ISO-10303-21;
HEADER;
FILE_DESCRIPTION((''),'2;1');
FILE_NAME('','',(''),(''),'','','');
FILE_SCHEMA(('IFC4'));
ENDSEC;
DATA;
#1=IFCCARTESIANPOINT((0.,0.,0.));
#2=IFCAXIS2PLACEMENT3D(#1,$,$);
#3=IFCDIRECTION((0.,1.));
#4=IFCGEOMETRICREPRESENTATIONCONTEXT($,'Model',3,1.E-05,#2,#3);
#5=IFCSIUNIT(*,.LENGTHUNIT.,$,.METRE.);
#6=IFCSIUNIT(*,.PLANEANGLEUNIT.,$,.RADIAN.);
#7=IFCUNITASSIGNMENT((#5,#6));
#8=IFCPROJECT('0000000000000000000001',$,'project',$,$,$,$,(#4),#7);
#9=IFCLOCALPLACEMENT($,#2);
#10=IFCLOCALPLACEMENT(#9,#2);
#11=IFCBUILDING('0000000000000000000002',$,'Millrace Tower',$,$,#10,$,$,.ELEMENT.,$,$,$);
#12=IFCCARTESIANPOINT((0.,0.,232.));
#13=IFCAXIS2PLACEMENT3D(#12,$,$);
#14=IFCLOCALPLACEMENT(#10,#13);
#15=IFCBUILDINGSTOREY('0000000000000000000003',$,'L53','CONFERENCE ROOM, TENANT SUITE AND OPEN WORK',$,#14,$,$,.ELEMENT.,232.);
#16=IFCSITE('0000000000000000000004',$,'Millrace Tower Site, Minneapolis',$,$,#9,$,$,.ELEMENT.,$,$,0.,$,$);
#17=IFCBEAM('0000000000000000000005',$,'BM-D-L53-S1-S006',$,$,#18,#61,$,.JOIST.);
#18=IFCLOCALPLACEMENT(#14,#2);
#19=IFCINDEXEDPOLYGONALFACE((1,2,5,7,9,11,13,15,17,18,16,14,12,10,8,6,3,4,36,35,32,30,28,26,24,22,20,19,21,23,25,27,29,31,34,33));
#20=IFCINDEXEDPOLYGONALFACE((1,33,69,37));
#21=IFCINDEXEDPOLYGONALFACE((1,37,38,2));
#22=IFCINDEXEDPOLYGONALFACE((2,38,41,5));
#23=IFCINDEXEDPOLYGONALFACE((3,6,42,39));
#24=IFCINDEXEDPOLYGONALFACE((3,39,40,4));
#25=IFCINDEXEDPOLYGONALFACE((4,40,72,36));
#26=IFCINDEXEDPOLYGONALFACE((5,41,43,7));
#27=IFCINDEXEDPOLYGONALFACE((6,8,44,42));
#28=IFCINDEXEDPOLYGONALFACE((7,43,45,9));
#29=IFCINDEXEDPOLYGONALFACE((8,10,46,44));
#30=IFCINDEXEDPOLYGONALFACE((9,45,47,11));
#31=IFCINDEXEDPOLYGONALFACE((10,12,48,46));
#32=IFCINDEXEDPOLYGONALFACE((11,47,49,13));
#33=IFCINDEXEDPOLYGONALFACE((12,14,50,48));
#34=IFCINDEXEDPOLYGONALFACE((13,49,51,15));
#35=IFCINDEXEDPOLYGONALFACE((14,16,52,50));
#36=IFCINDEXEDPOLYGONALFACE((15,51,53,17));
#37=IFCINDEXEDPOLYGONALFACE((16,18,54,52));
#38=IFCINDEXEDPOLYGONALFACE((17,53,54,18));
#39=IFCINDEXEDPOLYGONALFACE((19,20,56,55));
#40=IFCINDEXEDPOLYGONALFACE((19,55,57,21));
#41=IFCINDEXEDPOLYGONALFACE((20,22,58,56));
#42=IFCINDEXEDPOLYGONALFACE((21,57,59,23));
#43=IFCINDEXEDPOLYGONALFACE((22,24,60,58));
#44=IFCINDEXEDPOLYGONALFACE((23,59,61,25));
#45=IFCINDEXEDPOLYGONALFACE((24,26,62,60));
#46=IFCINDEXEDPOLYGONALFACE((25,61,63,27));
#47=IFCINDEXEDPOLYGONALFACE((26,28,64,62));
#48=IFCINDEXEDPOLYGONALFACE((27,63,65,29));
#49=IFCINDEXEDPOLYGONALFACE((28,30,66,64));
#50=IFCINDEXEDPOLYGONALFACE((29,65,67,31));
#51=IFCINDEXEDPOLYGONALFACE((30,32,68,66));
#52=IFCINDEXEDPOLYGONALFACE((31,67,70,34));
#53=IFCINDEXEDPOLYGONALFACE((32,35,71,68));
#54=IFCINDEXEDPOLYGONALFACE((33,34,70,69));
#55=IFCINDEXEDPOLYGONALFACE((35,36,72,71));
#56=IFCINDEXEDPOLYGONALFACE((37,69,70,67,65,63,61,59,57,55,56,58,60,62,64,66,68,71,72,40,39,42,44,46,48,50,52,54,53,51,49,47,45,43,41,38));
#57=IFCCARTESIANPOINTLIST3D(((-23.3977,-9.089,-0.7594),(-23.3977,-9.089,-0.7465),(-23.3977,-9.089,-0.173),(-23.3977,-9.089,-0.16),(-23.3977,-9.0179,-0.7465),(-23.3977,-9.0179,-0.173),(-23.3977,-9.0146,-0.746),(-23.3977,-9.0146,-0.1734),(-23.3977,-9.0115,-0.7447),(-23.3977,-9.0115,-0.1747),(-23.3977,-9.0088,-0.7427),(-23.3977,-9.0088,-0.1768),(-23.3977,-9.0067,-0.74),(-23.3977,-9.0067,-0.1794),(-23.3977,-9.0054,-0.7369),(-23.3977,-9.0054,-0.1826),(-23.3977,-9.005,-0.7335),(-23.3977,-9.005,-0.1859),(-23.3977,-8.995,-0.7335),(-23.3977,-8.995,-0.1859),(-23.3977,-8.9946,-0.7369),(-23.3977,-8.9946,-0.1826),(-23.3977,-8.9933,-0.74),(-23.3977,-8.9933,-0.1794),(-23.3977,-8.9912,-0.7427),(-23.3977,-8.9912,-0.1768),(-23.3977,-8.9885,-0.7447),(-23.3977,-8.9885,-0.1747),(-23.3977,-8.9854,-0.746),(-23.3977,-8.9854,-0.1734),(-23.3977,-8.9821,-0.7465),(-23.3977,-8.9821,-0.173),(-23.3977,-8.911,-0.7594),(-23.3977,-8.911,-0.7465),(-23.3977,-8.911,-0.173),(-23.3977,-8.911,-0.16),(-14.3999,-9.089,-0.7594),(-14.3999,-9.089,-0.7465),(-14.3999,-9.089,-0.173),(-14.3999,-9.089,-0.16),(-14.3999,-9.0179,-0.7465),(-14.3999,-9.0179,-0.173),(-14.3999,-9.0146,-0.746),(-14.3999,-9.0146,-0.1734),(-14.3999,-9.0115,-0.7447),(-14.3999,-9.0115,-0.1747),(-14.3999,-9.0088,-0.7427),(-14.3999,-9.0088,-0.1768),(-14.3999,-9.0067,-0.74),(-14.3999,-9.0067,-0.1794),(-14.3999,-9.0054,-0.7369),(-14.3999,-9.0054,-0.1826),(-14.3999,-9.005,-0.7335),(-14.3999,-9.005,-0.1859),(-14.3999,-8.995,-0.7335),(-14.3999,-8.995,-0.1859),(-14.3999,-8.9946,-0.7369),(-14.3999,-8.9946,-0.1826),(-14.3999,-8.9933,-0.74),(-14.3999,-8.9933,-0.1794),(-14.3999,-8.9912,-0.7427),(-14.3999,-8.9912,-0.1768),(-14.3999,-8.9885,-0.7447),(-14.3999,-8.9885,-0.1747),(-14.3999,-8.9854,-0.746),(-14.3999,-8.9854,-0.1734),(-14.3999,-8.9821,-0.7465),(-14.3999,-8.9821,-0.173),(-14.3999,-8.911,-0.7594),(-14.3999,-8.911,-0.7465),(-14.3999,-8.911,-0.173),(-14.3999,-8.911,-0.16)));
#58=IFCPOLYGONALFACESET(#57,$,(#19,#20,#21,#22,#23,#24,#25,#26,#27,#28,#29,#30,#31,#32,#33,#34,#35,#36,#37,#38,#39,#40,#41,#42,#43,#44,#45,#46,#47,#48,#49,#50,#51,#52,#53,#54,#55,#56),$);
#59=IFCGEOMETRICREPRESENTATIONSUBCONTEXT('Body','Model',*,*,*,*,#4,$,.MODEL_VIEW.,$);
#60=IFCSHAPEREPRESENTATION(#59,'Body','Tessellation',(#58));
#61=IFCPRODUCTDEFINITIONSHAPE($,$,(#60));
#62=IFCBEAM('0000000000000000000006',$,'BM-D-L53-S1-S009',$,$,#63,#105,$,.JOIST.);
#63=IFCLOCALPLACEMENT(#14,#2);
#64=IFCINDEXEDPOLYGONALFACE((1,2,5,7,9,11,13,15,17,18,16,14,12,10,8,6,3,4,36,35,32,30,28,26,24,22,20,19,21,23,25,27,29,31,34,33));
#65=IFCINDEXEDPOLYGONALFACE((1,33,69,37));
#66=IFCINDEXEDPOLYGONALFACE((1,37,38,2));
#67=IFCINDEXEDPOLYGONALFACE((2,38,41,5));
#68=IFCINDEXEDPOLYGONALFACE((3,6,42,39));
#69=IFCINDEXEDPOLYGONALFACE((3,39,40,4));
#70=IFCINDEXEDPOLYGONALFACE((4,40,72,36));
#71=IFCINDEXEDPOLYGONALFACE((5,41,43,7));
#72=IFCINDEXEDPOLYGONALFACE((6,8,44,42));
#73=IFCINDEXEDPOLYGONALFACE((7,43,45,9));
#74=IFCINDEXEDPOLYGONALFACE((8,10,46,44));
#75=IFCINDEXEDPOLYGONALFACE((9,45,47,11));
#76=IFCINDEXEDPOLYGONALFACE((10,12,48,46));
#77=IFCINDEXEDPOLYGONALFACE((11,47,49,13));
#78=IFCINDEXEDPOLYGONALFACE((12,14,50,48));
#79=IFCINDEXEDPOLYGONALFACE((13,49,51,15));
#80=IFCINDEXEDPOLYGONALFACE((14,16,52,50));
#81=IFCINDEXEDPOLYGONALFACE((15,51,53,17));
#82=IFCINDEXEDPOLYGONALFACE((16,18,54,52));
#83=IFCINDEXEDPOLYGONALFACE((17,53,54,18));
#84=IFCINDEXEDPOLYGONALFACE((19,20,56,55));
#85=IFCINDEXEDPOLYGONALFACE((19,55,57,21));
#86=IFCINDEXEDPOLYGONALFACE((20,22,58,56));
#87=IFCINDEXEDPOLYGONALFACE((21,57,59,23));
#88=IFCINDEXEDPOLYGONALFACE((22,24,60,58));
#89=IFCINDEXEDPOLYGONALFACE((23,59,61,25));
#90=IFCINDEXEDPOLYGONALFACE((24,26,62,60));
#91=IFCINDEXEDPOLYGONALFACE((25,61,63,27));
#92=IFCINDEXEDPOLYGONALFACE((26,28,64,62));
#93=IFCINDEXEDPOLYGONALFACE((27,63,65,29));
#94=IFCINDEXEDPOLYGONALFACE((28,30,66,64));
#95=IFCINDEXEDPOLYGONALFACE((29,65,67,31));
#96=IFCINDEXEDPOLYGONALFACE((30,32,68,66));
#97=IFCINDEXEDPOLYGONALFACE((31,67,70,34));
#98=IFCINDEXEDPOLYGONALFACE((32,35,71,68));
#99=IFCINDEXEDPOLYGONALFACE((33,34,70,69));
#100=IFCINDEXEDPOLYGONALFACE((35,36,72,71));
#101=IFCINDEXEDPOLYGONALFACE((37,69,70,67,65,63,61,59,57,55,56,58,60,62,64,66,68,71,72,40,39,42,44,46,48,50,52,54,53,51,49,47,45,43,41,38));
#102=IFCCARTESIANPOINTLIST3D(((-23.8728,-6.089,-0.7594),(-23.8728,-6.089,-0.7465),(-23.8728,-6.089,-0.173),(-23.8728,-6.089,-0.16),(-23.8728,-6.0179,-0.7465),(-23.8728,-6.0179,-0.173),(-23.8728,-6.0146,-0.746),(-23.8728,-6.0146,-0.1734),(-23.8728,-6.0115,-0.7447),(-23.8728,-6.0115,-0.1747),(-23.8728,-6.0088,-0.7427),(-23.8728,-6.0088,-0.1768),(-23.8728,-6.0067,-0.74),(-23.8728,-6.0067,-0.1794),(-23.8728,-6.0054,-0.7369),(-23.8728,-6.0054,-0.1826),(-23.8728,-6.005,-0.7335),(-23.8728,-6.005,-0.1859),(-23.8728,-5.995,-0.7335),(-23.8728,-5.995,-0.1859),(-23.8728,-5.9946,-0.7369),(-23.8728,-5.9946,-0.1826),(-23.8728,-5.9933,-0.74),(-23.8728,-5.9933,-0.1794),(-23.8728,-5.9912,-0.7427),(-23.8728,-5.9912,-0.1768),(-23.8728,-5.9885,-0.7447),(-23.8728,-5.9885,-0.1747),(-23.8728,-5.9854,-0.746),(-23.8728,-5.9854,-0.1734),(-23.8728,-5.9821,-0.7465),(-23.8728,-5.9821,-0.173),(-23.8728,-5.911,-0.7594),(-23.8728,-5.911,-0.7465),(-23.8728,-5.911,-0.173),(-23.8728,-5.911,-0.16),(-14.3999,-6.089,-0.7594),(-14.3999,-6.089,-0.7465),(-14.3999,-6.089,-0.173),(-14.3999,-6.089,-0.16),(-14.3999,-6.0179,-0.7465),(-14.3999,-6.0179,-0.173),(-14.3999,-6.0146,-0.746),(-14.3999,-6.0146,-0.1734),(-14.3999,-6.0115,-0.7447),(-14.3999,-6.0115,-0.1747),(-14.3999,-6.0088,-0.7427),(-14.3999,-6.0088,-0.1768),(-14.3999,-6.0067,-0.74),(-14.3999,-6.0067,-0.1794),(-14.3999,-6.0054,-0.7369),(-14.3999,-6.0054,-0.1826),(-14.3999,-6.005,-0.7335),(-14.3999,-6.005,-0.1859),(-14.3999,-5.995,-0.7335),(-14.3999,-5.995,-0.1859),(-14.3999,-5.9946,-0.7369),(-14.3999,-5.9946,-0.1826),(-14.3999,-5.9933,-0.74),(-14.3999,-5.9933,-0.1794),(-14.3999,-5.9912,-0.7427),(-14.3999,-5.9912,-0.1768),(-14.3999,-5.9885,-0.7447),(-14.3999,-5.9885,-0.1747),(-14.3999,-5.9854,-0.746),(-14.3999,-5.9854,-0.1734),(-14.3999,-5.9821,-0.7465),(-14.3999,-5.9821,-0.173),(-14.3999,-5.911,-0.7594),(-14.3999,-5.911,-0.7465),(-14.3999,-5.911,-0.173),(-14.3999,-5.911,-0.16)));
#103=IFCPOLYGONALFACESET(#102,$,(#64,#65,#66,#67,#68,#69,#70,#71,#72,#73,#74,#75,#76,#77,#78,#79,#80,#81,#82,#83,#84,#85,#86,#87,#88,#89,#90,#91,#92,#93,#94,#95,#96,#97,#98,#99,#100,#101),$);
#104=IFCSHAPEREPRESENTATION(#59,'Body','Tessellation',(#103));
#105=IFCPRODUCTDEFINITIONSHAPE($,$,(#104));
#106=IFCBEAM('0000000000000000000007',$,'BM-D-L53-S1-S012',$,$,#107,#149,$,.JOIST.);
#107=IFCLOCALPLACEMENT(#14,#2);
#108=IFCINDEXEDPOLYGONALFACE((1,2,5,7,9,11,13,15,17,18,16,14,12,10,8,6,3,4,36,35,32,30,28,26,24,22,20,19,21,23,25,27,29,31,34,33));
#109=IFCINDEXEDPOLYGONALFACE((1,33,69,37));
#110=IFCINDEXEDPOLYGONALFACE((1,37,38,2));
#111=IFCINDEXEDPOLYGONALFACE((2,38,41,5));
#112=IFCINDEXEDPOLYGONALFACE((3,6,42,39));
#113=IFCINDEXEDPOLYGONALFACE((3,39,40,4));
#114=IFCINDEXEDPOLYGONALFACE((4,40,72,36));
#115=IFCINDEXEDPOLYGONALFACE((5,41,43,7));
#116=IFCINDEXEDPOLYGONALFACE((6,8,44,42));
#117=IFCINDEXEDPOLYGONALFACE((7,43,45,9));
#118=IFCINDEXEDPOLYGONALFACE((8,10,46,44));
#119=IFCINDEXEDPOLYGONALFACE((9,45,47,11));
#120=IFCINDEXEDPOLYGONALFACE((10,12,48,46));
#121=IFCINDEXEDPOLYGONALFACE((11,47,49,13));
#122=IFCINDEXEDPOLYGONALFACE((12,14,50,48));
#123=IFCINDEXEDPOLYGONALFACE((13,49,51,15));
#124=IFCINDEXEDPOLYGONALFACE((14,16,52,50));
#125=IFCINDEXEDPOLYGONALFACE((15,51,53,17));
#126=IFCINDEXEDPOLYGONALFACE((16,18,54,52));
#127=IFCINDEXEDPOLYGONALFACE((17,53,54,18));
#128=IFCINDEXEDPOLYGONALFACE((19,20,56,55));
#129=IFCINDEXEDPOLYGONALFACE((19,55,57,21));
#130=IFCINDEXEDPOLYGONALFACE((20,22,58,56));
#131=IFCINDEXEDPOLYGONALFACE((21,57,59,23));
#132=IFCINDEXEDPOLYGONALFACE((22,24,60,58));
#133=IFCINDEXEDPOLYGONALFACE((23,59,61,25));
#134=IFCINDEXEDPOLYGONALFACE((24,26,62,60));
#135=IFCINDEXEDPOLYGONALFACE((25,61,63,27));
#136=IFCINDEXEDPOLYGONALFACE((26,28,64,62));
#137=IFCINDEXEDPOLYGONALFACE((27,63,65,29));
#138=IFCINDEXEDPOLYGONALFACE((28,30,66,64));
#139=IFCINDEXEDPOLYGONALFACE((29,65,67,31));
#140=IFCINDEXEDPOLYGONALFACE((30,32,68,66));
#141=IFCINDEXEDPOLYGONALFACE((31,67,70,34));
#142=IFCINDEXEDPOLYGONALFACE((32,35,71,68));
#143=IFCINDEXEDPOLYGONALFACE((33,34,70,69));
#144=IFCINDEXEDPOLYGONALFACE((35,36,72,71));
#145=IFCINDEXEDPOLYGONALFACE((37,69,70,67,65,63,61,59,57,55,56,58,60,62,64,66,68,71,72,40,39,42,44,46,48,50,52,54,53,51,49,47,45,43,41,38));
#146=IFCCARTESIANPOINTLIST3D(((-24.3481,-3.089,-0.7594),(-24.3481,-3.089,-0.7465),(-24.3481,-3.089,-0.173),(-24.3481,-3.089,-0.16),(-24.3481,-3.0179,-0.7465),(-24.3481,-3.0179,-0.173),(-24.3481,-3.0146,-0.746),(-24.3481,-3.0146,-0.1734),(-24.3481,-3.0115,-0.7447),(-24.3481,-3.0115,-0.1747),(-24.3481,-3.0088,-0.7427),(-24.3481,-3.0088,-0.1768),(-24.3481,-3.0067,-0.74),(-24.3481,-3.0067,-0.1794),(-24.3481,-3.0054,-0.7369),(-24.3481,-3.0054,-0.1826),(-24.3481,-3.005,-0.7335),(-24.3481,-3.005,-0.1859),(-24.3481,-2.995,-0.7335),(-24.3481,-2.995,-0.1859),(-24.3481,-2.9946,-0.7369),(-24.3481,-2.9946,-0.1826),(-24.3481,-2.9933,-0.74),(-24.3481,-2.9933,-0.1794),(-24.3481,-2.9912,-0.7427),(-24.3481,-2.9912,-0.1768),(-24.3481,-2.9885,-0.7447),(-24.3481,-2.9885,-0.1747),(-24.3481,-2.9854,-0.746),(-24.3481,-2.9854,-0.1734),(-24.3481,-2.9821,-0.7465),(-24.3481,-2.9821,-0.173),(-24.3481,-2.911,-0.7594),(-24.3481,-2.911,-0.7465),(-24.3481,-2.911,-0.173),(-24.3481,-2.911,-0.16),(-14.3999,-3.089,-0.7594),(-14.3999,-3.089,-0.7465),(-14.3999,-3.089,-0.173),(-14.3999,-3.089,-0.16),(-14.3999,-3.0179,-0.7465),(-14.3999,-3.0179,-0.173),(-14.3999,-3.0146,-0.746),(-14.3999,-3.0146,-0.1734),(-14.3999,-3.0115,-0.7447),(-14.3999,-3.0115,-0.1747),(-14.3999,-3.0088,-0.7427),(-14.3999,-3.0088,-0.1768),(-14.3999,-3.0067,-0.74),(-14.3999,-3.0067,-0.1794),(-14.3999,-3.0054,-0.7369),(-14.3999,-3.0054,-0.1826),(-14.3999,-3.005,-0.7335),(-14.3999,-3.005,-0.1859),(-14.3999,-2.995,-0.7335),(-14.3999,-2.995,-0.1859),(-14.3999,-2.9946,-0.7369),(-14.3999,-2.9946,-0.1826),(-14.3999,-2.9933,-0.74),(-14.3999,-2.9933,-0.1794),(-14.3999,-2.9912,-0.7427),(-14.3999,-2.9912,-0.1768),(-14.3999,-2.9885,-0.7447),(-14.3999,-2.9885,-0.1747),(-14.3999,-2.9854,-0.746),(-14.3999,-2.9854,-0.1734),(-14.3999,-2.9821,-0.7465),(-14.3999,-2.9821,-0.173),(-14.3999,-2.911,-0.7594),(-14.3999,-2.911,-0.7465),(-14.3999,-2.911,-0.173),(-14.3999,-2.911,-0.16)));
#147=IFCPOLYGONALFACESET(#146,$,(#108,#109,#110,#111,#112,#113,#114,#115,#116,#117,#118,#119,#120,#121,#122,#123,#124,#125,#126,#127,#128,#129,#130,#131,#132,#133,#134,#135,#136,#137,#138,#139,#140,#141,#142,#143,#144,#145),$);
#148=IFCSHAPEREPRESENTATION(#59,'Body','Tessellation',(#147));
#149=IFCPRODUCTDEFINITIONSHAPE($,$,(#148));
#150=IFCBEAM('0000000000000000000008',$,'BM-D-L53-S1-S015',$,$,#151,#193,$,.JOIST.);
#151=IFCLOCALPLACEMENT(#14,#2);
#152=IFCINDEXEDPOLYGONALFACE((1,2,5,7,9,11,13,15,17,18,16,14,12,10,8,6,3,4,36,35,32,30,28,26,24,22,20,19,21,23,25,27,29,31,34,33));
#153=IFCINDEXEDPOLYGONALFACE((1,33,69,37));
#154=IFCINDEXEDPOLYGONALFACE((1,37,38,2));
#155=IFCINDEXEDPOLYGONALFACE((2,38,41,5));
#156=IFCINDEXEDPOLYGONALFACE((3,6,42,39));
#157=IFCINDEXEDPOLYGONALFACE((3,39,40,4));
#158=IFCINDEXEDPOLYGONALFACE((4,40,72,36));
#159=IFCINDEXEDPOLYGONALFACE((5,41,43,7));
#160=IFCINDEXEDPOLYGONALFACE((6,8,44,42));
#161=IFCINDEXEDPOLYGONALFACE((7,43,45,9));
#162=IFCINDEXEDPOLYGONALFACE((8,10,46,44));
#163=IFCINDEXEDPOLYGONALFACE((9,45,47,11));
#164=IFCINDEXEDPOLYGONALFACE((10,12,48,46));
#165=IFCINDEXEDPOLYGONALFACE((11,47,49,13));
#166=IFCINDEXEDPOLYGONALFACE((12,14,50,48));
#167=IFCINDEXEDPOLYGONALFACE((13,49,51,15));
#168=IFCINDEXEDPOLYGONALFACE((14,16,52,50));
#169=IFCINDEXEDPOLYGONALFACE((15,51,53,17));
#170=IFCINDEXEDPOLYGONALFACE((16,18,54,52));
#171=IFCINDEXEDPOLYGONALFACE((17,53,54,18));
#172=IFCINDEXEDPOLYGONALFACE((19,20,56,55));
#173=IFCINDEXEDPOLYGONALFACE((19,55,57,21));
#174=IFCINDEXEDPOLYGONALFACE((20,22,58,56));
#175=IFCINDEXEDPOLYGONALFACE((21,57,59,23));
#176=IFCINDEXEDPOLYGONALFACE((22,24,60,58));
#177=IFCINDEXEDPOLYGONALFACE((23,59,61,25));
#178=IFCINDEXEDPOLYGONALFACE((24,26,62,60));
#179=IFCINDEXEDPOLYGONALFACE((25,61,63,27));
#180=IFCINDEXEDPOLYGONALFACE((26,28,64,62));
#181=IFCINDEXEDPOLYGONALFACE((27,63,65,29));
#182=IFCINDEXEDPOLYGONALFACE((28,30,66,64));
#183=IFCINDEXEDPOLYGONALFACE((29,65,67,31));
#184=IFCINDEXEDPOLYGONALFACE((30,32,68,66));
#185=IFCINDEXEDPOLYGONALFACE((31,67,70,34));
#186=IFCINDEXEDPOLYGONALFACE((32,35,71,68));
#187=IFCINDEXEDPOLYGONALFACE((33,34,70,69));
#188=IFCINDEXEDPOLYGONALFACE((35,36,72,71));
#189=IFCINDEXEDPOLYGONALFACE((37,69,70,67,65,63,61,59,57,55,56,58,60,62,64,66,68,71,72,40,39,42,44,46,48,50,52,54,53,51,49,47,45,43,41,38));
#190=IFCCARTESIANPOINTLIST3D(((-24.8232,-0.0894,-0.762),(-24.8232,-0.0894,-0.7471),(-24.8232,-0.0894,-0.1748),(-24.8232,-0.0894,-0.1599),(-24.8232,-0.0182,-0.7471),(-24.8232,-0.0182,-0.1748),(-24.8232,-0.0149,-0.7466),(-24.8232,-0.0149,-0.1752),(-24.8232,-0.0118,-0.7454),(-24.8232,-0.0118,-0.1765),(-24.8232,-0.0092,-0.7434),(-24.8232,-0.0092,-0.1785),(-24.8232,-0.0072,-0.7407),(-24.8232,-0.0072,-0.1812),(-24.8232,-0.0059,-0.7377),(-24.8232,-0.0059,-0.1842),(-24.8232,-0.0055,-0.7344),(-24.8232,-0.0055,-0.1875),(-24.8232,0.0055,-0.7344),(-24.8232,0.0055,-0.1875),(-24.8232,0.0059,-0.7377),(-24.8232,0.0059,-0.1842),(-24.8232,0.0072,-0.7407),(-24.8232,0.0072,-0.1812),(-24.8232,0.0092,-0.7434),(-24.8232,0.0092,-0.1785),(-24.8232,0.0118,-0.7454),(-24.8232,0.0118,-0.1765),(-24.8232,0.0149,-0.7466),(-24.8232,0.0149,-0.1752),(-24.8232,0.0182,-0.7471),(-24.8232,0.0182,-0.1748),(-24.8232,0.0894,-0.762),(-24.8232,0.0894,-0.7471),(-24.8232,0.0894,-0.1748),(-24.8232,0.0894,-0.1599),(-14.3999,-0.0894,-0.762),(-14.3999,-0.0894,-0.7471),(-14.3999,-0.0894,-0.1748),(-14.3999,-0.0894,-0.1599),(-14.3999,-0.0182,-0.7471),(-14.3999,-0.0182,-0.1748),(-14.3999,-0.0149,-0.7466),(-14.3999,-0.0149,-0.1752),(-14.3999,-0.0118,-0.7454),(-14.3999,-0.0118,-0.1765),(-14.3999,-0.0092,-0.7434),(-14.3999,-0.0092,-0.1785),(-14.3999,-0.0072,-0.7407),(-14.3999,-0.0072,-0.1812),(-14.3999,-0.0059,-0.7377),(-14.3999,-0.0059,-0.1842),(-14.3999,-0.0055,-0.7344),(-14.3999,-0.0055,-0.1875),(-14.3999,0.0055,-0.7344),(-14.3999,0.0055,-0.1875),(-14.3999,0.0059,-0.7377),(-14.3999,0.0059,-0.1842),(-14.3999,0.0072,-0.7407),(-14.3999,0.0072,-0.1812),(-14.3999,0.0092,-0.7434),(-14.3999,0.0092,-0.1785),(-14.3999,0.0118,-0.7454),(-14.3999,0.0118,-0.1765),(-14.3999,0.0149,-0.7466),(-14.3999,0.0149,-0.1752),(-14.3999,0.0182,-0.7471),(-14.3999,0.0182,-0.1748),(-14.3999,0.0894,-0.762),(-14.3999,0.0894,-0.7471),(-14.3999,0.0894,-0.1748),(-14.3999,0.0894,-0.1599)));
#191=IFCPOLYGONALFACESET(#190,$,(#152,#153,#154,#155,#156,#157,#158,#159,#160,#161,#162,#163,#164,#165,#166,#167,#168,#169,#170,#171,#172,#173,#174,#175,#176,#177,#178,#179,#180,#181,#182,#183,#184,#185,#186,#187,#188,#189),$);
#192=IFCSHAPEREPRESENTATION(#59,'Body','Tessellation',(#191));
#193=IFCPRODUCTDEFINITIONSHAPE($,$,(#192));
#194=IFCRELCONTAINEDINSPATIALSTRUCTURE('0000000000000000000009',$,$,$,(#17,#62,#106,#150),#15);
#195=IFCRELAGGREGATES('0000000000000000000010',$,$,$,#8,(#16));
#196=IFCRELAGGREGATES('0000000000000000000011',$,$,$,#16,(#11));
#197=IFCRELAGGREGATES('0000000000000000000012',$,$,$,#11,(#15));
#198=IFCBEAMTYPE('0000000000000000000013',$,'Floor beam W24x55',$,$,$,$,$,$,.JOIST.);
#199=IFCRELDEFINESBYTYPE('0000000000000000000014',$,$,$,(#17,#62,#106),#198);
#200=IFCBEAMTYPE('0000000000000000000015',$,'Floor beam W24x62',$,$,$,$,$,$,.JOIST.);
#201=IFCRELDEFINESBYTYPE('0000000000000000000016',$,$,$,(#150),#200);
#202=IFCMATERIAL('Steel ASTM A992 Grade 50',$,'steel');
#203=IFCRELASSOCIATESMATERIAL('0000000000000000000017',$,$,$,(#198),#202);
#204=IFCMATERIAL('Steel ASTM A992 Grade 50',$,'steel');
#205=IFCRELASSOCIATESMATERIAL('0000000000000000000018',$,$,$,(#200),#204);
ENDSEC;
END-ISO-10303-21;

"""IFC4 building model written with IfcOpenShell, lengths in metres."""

from ifc_helpers import new_model, si_unit, direction, frame, origin, origin_2d, place, context, subcontext, project, spatial, i_section, extrude, material, material_profile, profile_set, type_object, element, save


model = new_model("IFC4")

# Units and contexts
model_context = context("Model", 3, precision=1e-05, world=origin(), true_north=direction((0.0, 1.0)))
body_context = subcontext(model_context, "Body", "Model", "MODEL_VIEW")
ifc_project = project(units=[si_unit("LENGTHUNIT", "METRE"), si_unit("PLANEANGLEUNIT", "RADIAN")], contexts=[model_context])

# Site, building, storey
site_placement = place(None, origin())
site = spatial("IfcSite", under=ifc_project, at=site_placement, Name="Millrace Tower Site, Minneapolis", CompositionType="ELEMENT", RefElevation=0.0)
building_placement = place(site_placement, origin())
building = spatial("IfcBuilding", under=site, at=building_placement, Name="Millrace Tower", CompositionType="ELEMENT")
storey_placement = place(building_placement, frame((0.0, 0.0, 232.0)))
storey = spatial("IfcBuildingStorey", under=building, at=storey_placement, Name="L53", Description="CONFERENCE ROOM, TENANT SUITE AND OPEN WORK", CompositionType="ELEMENT", Elevation=232.0)

# Beams
ifc_material_1 = material(Name="Steel ASTM A992 Grade 50", Category="steel")
ifc_material_profile_1 = material_profile(ifc_material_1, i_section(OverallWidth=0.178, OverallDepth=0.5994, WebThickness=0.01, FlangeThickness=0.0129, FilletRadius=0.0129, at=origin_2d()))
ifc_profile_set_1 = profile_set([ifc_material_profile_1], Name="Steel ASTM A992 Grade 50")
beam_type_1 = type_object("IfcBeamType", Name="Floor beam W24x55", PredefinedType="JOIST", material=ifc_profile_set_1)
beam_1_placement = place(storey_placement, frame((-23.3977, -9.0, -0.4597), z_axis=(1.0, 0.0, 0.0), x_axis=(0.0, 1.0, 0.0)))
element("IfcBeam", 1, at=beam_1_placement, inside=storey, type_object=beam_type_1, Name="BM-D-L53-S1-S006", PredefinedType="JOIST", context=body_context, shape_type="SweptSolid", body=[
    extrude(i_section(OverallWidth=0.178, OverallDepth=0.5994, WebThickness=0.01, FlangeThickness=0.0129, FilletRadius=0.0129, at=origin_2d()), origin(), (0.0, 0.0, 1.0), 8.9978),
])
beam_2_placement = place(storey_placement, frame((-23.8728, -6.0, -0.4597), z_axis=(1.0, 0.0, 0.0), x_axis=(0.0, 1.0, 0.0)))
element("IfcBeam", 2, at=beam_2_placement, inside=storey, type_object=beam_type_1, Name="BM-D-L53-S1-S009", PredefinedType="JOIST", context=body_context, shape_type="SweptSolid", body=[
    extrude(i_section(OverallWidth=0.178, OverallDepth=0.5994, WebThickness=0.01, FlangeThickness=0.0129, FilletRadius=0.0129, at=origin_2d()), origin(), (0.0, 0.0, 1.0), 9.4729),
])
beam_3_placement = place(storey_placement, frame((-24.3481, -3.0, -0.4597), z_axis=(1.0, 0.0, 0.0), x_axis=(0.0, 1.0, 0.0)))
element("IfcBeam", 3, at=beam_3_placement, inside=storey, type_object=beam_type_1, Name="BM-D-L53-S1-S012", PredefinedType="JOIST", context=body_context, shape_type="SweptSolid", body=[
    extrude(i_section(OverallWidth=0.178, OverallDepth=0.5994, WebThickness=0.01, FlangeThickness=0.0129, FilletRadius=0.0129, at=origin_2d()), origin(), (0.0, 0.0, 1.0), 9.9482),
])
ifc_material_2 = material(Name="Steel ASTM A992 Grade 50", Category="steel")
ifc_material_profile_2 = material_profile(ifc_material_2, i_section(OverallWidth=0.1787, OverallDepth=0.6021, WebThickness=0.011, FlangeThickness=0.0149, FilletRadius=0.0127, at=origin_2d()))
ifc_profile_set_2 = profile_set([ifc_material_profile_2], Name="Steel ASTM A992 Grade 50")
beam_type_2 = type_object("IfcBeamType", Name="Floor beam W24x62", PredefinedType="JOIST", material=ifc_profile_set_2)
beam_4_placement = place(storey_placement, frame((-24.8232, 0.0, -0.4609), z_axis=(1.0, 0.0, 0.0), x_axis=(0.0, 1.0, 0.0)))
element("IfcBeam", 4, at=beam_4_placement, inside=storey, type_object=beam_type_2, Name="BM-D-L53-S1-S015", PredefinedType="JOIST", context=body_context, shape_type="SweptSolid", body=[
    extrude(i_section(OverallWidth=0.1787, OverallDepth=0.6021, WebThickness=0.011, FlangeThickness=0.0149, FilletRadius=0.0127, at=origin_2d()), origin(), (0.0, 0.0, 1.0), 10.4233),
])

save(model, "model.ifc")
